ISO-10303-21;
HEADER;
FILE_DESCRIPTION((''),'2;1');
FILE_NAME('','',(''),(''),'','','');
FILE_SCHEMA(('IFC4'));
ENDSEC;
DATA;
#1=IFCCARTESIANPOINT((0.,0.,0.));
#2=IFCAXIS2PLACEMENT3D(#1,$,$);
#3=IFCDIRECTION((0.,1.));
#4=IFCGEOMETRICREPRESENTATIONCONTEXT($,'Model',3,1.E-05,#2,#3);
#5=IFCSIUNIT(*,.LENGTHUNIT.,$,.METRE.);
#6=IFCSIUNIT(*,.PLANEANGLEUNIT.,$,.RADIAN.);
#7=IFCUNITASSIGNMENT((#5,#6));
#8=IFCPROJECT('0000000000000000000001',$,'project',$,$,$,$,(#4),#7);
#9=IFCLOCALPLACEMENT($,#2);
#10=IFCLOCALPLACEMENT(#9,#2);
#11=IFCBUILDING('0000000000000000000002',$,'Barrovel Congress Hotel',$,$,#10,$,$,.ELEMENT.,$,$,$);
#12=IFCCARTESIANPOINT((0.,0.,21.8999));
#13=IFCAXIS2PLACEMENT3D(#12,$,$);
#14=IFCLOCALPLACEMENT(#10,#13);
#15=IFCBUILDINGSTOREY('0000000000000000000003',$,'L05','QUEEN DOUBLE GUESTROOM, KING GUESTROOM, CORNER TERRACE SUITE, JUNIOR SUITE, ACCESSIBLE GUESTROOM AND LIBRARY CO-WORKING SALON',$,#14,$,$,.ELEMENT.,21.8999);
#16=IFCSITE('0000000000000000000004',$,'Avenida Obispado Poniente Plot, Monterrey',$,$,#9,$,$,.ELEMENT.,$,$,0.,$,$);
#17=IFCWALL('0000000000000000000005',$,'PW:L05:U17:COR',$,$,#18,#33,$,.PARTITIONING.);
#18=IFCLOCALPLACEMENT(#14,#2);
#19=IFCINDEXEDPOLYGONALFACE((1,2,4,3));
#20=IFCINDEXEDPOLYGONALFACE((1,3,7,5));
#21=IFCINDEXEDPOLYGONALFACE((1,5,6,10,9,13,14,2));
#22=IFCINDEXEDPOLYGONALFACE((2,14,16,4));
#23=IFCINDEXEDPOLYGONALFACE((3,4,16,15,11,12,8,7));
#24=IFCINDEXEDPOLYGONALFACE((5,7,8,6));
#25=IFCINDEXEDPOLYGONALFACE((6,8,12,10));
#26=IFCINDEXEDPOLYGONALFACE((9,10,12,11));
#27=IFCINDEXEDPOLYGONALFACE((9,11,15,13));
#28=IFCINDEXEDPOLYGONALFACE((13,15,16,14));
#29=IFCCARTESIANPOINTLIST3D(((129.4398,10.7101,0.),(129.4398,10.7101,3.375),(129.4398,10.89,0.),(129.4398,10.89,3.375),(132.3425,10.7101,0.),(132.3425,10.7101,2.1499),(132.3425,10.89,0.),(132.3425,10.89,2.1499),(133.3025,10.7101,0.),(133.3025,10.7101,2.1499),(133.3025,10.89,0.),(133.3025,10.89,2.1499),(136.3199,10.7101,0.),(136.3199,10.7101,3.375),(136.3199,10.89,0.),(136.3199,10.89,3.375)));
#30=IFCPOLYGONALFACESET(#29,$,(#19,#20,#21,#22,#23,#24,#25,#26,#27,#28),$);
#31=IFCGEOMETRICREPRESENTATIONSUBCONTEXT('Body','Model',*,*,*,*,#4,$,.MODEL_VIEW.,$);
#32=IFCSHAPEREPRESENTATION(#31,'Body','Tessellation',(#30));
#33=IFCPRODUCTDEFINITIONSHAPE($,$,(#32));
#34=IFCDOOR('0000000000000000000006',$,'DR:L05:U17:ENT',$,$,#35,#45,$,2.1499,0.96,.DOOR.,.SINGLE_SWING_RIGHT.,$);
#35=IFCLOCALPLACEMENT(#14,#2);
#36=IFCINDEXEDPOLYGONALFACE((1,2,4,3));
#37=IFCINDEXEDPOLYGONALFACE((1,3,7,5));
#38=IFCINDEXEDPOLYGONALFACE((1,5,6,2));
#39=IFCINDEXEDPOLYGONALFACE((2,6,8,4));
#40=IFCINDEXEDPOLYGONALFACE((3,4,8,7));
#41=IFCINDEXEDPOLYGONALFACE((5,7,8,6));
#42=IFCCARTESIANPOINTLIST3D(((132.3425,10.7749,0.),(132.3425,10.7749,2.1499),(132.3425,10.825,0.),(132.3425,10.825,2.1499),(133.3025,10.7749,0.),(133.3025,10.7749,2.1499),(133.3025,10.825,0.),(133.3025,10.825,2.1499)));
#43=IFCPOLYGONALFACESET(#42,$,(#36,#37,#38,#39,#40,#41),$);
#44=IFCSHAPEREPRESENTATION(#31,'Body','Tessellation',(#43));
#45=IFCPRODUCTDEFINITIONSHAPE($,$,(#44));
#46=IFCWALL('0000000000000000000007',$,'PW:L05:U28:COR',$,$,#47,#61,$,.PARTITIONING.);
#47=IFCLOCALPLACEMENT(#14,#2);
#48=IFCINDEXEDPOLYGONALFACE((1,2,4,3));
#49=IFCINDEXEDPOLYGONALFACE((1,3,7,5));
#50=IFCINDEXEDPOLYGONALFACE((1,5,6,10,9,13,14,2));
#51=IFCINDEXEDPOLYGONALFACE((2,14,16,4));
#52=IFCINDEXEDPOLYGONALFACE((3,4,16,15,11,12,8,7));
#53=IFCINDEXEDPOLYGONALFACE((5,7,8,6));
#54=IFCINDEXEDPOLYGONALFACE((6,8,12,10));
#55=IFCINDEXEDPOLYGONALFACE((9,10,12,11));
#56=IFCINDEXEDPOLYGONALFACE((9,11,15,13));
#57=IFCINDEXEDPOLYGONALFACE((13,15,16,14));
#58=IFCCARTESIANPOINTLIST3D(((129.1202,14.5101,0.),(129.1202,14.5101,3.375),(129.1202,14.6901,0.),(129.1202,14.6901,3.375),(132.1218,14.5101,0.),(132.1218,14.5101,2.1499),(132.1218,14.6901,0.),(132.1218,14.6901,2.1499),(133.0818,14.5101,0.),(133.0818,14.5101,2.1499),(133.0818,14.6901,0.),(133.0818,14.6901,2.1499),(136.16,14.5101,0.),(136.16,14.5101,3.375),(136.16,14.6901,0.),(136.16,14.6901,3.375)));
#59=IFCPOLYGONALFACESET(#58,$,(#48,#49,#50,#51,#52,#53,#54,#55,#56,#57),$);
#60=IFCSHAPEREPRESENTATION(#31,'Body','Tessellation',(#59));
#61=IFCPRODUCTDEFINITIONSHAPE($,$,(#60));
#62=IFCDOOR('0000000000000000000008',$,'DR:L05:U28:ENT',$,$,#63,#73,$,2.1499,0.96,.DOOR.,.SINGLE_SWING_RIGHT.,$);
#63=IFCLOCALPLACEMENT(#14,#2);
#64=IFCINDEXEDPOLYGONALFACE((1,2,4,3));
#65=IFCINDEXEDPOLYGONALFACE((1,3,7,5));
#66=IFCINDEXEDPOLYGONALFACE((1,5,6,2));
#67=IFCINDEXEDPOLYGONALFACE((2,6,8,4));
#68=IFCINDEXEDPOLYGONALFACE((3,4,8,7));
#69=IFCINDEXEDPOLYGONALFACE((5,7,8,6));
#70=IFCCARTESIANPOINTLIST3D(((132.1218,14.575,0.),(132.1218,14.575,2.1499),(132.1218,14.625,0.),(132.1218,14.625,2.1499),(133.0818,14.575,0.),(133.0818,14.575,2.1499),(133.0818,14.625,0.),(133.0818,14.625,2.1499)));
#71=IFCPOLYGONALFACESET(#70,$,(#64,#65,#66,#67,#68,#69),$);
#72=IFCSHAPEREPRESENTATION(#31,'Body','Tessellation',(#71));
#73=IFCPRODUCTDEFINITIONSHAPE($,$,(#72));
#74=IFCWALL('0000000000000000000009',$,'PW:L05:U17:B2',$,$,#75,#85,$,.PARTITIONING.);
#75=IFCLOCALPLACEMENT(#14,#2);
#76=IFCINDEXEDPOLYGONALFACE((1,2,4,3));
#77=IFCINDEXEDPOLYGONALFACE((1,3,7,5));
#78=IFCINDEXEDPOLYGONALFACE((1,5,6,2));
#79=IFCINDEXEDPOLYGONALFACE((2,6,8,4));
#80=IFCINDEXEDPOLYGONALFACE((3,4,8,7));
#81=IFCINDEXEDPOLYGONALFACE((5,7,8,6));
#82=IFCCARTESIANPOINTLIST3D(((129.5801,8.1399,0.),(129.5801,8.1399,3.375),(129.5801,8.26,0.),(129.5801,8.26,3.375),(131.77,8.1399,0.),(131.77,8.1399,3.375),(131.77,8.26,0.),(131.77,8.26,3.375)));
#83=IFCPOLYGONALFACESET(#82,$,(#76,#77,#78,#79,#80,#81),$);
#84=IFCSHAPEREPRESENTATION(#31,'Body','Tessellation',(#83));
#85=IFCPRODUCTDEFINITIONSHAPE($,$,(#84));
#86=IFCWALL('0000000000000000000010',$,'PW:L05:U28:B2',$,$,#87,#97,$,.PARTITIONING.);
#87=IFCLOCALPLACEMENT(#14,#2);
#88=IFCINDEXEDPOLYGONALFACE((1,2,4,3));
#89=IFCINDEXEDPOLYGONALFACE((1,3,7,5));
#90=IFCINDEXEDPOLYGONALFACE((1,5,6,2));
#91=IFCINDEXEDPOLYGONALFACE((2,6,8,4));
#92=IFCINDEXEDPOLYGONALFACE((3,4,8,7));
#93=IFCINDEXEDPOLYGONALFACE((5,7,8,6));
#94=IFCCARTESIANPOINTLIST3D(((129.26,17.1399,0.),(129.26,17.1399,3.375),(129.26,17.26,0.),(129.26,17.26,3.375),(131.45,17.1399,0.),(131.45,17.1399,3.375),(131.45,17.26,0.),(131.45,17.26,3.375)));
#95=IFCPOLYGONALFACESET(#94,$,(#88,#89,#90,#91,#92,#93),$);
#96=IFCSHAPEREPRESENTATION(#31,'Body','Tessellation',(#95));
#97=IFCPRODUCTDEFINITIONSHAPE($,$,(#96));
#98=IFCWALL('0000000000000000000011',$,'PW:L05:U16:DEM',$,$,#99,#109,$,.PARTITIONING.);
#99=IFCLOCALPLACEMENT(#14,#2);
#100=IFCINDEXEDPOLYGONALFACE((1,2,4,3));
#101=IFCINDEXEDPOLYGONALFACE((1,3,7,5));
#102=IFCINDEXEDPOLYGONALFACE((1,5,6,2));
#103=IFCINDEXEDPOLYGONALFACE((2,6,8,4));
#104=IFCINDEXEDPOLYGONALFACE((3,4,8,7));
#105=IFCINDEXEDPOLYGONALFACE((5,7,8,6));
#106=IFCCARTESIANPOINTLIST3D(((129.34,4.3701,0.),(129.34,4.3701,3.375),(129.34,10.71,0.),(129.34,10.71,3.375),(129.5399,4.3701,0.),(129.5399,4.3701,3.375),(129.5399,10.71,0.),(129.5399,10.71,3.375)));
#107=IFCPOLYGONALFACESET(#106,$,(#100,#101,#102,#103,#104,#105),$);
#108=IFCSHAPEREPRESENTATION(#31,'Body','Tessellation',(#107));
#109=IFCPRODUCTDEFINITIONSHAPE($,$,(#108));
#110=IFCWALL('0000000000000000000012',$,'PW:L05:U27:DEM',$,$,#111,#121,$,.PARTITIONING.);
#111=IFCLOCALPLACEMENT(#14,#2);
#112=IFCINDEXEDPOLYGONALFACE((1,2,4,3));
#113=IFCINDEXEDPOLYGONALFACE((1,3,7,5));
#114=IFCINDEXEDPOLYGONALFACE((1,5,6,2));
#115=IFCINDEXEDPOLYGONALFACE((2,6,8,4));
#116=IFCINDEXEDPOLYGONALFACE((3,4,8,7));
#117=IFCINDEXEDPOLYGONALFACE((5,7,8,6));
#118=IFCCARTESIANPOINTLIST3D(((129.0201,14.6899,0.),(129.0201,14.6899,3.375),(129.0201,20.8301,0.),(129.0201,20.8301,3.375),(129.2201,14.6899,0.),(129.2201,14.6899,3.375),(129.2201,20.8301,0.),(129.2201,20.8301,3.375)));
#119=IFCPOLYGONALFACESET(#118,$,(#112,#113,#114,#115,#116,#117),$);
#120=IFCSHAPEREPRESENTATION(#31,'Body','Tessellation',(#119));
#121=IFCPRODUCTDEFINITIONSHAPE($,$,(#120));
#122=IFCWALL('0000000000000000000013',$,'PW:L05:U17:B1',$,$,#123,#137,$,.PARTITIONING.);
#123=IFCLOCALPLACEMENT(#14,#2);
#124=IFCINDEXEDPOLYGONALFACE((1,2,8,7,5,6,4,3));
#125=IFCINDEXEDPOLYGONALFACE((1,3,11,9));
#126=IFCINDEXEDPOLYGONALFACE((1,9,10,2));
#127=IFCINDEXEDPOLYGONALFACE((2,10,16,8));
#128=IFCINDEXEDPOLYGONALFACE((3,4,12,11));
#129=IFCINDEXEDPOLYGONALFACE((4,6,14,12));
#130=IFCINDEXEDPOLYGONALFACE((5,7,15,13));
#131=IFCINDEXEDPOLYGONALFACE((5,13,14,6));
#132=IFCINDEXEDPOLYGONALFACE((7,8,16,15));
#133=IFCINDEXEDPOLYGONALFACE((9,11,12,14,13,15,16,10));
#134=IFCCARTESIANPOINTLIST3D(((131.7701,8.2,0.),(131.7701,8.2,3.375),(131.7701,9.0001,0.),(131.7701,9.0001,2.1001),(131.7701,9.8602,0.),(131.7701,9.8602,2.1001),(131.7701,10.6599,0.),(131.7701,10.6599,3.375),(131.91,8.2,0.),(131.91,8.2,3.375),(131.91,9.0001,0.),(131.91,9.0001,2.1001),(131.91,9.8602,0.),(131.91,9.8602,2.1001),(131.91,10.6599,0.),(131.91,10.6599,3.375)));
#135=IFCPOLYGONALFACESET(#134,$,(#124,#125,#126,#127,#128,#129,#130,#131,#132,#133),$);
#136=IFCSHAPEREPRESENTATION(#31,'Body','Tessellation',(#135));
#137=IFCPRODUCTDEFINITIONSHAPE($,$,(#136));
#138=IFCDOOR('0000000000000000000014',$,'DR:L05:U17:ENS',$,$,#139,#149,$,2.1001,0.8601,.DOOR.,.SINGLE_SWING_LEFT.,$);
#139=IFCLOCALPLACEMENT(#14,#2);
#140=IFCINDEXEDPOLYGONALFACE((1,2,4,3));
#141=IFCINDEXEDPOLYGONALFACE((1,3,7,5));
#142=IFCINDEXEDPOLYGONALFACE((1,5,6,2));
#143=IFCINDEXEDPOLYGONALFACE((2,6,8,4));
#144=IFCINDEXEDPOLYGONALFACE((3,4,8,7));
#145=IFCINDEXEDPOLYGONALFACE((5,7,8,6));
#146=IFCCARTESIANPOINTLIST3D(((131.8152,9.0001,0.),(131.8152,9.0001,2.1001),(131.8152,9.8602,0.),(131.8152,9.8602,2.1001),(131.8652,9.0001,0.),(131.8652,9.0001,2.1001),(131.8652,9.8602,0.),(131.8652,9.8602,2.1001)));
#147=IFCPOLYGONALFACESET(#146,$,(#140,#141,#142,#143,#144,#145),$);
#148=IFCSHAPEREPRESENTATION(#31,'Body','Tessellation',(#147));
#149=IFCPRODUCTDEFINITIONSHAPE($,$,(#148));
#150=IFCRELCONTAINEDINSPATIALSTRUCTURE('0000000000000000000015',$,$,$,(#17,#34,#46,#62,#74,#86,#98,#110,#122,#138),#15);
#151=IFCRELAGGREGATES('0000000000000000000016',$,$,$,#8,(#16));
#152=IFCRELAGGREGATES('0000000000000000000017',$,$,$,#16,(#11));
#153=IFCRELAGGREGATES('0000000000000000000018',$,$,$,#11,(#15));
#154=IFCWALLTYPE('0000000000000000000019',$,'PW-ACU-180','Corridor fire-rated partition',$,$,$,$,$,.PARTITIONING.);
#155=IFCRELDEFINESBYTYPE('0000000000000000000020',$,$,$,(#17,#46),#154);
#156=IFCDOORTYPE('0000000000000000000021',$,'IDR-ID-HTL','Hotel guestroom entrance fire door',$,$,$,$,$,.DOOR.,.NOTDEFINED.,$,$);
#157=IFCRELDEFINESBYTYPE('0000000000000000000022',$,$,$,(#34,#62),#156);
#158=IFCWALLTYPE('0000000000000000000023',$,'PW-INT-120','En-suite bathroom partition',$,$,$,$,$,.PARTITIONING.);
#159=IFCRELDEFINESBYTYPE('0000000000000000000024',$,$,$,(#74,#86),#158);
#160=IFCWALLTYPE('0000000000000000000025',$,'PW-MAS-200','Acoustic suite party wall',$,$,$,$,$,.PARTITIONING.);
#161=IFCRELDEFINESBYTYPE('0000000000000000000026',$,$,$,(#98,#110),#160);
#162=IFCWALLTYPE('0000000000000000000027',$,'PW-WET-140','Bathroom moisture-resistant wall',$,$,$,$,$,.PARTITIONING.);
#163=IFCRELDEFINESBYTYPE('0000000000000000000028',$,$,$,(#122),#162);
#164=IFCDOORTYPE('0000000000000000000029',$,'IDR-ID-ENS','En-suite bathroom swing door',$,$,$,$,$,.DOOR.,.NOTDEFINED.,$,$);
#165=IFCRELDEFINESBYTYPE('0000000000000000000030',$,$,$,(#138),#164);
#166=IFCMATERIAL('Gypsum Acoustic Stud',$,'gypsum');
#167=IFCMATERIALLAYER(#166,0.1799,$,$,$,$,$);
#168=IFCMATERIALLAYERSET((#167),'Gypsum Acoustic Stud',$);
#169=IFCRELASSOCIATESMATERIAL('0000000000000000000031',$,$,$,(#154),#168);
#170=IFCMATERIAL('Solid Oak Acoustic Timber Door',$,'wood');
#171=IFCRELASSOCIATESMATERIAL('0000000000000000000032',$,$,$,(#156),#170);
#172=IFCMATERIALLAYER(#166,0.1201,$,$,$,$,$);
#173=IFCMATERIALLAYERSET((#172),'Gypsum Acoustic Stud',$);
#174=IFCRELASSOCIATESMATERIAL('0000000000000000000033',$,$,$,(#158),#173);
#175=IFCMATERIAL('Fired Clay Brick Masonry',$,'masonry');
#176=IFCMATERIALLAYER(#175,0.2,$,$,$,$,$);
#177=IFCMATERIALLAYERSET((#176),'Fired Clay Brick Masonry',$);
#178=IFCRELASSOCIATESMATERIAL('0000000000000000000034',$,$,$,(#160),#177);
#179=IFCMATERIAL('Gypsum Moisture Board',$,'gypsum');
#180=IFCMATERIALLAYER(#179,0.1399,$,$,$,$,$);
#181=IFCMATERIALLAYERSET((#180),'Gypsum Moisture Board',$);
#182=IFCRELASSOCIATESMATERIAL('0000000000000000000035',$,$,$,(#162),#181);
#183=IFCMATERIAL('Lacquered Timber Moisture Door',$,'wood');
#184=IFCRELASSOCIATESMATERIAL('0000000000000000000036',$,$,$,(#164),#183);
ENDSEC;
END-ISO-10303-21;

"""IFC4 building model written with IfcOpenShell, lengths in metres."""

from ifc_helpers import new_model, si_unit, direction, frame, frame_2d, origin, place, context, subcontext, project, spatial, rectangle, extrude, material, layer, layer_set, type_object, element, fill, save


model = new_model("IFC4")

# Units and contexts
model_context = context("Model", 3, precision=1e-05, world=origin(), true_north=direction((0.0, 1.0)))
body_context = subcontext(model_context, "Body", "Model", "MODEL_VIEW")
ifc_project = project(units=[si_unit("LENGTHUNIT", "METRE"), si_unit("PLANEANGLEUNIT", "RADIAN")], contexts=[model_context])

# Site, building, storey
site_placement = place(None, origin())
site = spatial("IfcSite", under=ifc_project, at=site_placement, Name="Avenida Obispado Poniente Plot, Monterrey", CompositionType="ELEMENT", RefElevation=0.0)
building_placement = place(site_placement, origin())
building = spatial("IfcBuilding", under=site, at=building_placement, Name="Barrovel Congress Hotel", CompositionType="ELEMENT")
storey_placement = place(building_placement, frame((0.0, 0.0, 21.8999)))
storey = spatial("IfcBuildingStorey", under=building, at=storey_placement, Name="L05", Description="QUEEN DOUBLE GUESTROOM, KING GUESTROOM, CORNER TERRACE SUITE, JUNIOR SUITE, ACCESSIBLE GUESTROOM AND LIBRARY CO-WORKING SALON", CompositionType="ELEMENT", Elevation=21.8999)

# Shared definitions
ifc_material_1 = material(Name="Fired Clay Brick Masonry", Category="masonry")

# Walls, openings, doors
ifc_material_2 = material(Name="Gypsum Acoustic Stud", Category="gypsum")
ifc_layer_1 = layer(ifc_material_2, 0.1799)
ifc_layer_set_1 = layer_set([ifc_layer_1], Name="Gypsum Acoustic Stud")
wall_type_1 = type_object("IfcWallType", Name="PW-ACU-180", Description="Corridor fire-rated partition", PredefinedType="PARTITIONING", material=ifc_layer_set_1)
wall_1_placement = place(storey_placement, frame((129.4399, 10.8, 0.0), z_axis=(0.0, 0.0, 1.0), x_axis=(1.0, 0.0, 0.0)))
wall_1 = element("IfcWall", 1, at=wall_1_placement, inside=storey, type_object=wall_type_1, Name="PW:L05:U17:COR", PredefinedType="PARTITIONING", context=body_context, shape_type="SweptSolid", body=[
    extrude(rectangle(XDim=6.8801, YDim=0.1799, at=frame_2d((3.4399, 0.0))), origin(), (0.0, 0.0, 1.0), 3.375),
])
opening_1_placement = place(wall_1_placement, frame((2.9026, 0.0, 0.0)))
opening_1 = element("IfcOpeningElement", 2, at=opening_1_placement, cuts=wall_1, PredefinedType="OPENING", context=body_context, shape_type="SweptSolid", body=[
    extrude(rectangle(XDim=0.96, YDim=2.1499, at=frame_2d((0.48, 1.075))), frame((0.0, 0.1001, 0.0), z_axis=(0.0, -1.0, 0.0), x_axis=(1.0, 0.0, 0.0)), (0.0, 0.0, 1.0), 0.2),
])
ifc_material_3 = material(Name="Solid Oak Acoustic Timber Door", Category="wood")
door_type_1 = type_object("IfcDoorType", Name="IDR-ID-HTL", Description="Hotel guestroom entrance fire door", OperationType="NOTDEFINED", PredefinedType="DOOR", material=ifc_material_3)
door_1_placement = place(opening_1_placement, origin())
door_1 = element("IfcDoor", 3, at=door_1_placement, inside=storey, type_object=door_type_1, Name="DR:L05:U17:ENT", OperationType="SINGLE_SWING_RIGHT", OverallHeight=2.1499, OverallWidth=0.96, PredefinedType="DOOR", context=body_context, shape_type="SweptSolid", body=[
    extrude(rectangle(XDim=0.96, YDim=2.1499, at=frame_2d((0.48, 1.075))), frame((0.0, 0.0249, 0.0), z_axis=(0.0, -1.0, 0.0), x_axis=(1.0, 0.0, 0.0)), (0.0, 0.0, 1.0), 0.05),
])
fill(opening_1, door_1)
wall_2_placement = place(storey_placement, frame((129.1201, 14.6001, 0.0), z_axis=(0.0, 0.0, 1.0), x_axis=(1.0, 0.0, 0.0)))
wall_2 = element("IfcWall", 4, at=wall_2_placement, inside=storey, type_object=wall_type_1, Name="PW:L05:U28:COR", PredefinedType="PARTITIONING", context=body_context, shape_type="SweptSolid", body=[
    extrude(rectangle(XDim=7.0398, YDim=0.1799, at=frame_2d((3.52, 0.0))), origin(), (0.0, 0.0, 1.0), 3.375),
])
opening_2_placement = place(wall_2_placement, frame((3.0017, 0.0, 0.0)))
opening_2 = element("IfcOpeningElement", 5, at=opening_2_placement, cuts=wall_2, PredefinedType="OPENING", context=body_context, shape_type="SweptSolid", body=[
    extrude(rectangle(XDim=0.96, YDim=2.1499, at=frame_2d((0.48, 1.075))), frame((0.0, 0.1001, 0.0), z_axis=(0.0, -1.0, 0.0), x_axis=(1.0, 0.0, 0.0)), (0.0, 0.0, 1.0), 0.2),
])
door_2_placement = place(opening_2_placement, origin())
door_2 = element("IfcDoor", 6, at=door_2_placement, inside=storey, type_object=door_type_1, Name="DR:L05:U28:ENT", OperationType="SINGLE_SWING_RIGHT", OverallHeight=2.1499, OverallWidth=0.96, PredefinedType="DOOR", context=body_context, shape_type="SweptSolid", body=[
    extrude(rectangle(XDim=0.96, YDim=2.1499, at=frame_2d((0.48, 1.075))), frame((0.0, 0.0249, 0.0), z_axis=(0.0, -1.0, 0.0), x_axis=(1.0, 0.0, 0.0)), (0.0, 0.0, 1.0), 0.05),
])
fill(opening_2, door_2)

# Walls
ifc_layer_2 = layer(ifc_material_2, 0.1201)
ifc_layer_set_2 = layer_set([ifc_layer_2], Name="Gypsum Acoustic Stud")
wall_type_2 = type_object("IfcWallType", Name="PW-INT-120", Description="En-suite bathroom partition", PredefinedType="PARTITIONING", material=ifc_layer_set_2)
for number, where, z_axis, x_axis, name in (
    (7, (129.5801, 8.2, 0.0), (0.0, 0.0, 1.0), (1.0, 0.0, 0.0), "PW:L05:U17:B2"),
    (8, (129.26, 17.2, 0.0), (0.0, 0.0, 1.0), (1.0, 0.0, 0.0), "PW:L05:U28:B2"),
):
    element("IfcWall", number, at=place(storey_placement, frame(where, z_axis=z_axis, x_axis=x_axis)), inside=storey, type_object=wall_type_2, Name=name, PredefinedType="PARTITIONING", context=body_context, shape_type="SweptSolid", body=[
        extrude(rectangle(XDim=2.1899, YDim=0.1201, at=frame_2d((1.095, 0.0))), origin(), (0.0, 0.0, 1.0), 3.375),
    ])
ifc_layer_3 = layer(ifc_material_1, 0.2)
ifc_layer_set_3 = layer_set([ifc_layer_3], Name="Fired Clay Brick Masonry")
wall_type_3 = type_object("IfcWallType", Name="PW-MAS-200", Description="Acoustic suite party wall", PredefinedType="PARTITIONING", material=ifc_layer_set_3)
wall_3_placement = place(storey_placement, frame((129.4399, 4.3701, 0.0), z_axis=(0.0, 0.0, 1.0), x_axis=(0.0, 1.0, 0.0)))
element("IfcWall", 9, at=wall_3_placement, inside=storey, type_object=wall_type_3, Name="PW:L05:U16:DEM", PredefinedType="PARTITIONING", context=body_context, shape_type="SweptSolid", body=[
    extrude(rectangle(XDim=6.3398, YDim=0.2, at=frame_2d((3.1699, 0.0))), origin(), (0.0, 0.0, 1.0), 3.375),
])
wall_4_placement = place(storey_placement, frame((129.1201, 14.6899, 0.0), z_axis=(0.0, 0.0, 1.0), x_axis=(0.0, 1.0, 0.0)))
element("IfcWall", 10, at=wall_4_placement, inside=storey, type_object=wall_type_3, Name="PW:L05:U27:DEM", PredefinedType="PARTITIONING", context=body_context, shape_type="SweptSolid", body=[
    extrude(rectangle(XDim=6.1401, YDim=0.2, at=frame_2d((3.0701, 0.0))), origin(), (0.0, 0.0, 1.0), 3.375),
])

# Wall, opening, door
ifc_material_4 = material(Name="Gypsum Moisture Board", Category="gypsum")
ifc_layer_4 = layer(ifc_material_4, 0.1399)
ifc_layer_set_4 = layer_set([ifc_layer_4], Name="Gypsum Moisture Board")
wall_type_4 = type_object("IfcWallType", Name="PW-WET-140", Description="Bathroom moisture-resistant wall", PredefinedType="PARTITIONING", material=ifc_layer_set_4)
wall_5_placement = place(storey_placement, frame((131.8401, 8.2, 0.0), z_axis=(0.0, 0.0, 1.0), x_axis=(0.0, 1.0, 0.0)))
wall_5 = element("IfcWall", 11, at=wall_5_placement, inside=storey, type_object=wall_type_4, Name="PW:L05:U17:B1", PredefinedType="PARTITIONING", context=body_context, shape_type="SweptSolid", body=[
    extrude(rectangle(XDim=2.46, YDim=0.1399, at=frame_2d((1.23, 0.0))), origin(), (0.0, 0.0, 1.0), 3.375),
])
opening_3_placement = place(wall_5_placement, frame((0.8, 0.0, 0.0)))
opening_3 = element("IfcOpeningElement", 12, at=opening_3_placement, cuts=wall_5, PredefinedType="OPENING", context=body_context, shape_type="SweptSolid", body=[
    extrude(rectangle(XDim=0.8601, YDim=2.1001, at=frame_2d((0.4302, 1.05))), frame((0.0, 0.0801, 0.0), z_axis=(0.0, -1.0, 0.0), x_axis=(1.0, 0.0, 0.0)), (0.0, 0.0, 1.0), 0.1599),
])
ifc_material_5 = material(Name="Lacquered Timber Moisture Door", Category="wood")
door_type_2 = type_object("IfcDoorType", Name="IDR-ID-ENS", Description="En-suite bathroom swing door", OperationType="NOTDEFINED", PredefinedType="DOOR", material=ifc_material_5)
door_3_placement = place(opening_3_placement, origin())
door_3 = element("IfcDoor", 13, at=door_3_placement, inside=storey, type_object=door_type_2, Name="DR:L05:U17:ENS", OperationType="SINGLE_SWING_LEFT", OverallHeight=2.1001, OverallWidth=0.8601, PredefinedType="DOOR", context=body_context, shape_type="SweptSolid", body=[
    extrude(rectangle(XDim=0.8601, YDim=2.1001, at=frame_2d((0.4302, 1.05))), frame((0.0, 0.0249, 0.0), z_axis=(0.0, -1.0, 0.0), x_axis=(1.0, 0.0, 0.0)), (0.0, 0.0, 1.0), 0.05),
])
fill(opening_3, door_3)

save(model, "model.ifc")
